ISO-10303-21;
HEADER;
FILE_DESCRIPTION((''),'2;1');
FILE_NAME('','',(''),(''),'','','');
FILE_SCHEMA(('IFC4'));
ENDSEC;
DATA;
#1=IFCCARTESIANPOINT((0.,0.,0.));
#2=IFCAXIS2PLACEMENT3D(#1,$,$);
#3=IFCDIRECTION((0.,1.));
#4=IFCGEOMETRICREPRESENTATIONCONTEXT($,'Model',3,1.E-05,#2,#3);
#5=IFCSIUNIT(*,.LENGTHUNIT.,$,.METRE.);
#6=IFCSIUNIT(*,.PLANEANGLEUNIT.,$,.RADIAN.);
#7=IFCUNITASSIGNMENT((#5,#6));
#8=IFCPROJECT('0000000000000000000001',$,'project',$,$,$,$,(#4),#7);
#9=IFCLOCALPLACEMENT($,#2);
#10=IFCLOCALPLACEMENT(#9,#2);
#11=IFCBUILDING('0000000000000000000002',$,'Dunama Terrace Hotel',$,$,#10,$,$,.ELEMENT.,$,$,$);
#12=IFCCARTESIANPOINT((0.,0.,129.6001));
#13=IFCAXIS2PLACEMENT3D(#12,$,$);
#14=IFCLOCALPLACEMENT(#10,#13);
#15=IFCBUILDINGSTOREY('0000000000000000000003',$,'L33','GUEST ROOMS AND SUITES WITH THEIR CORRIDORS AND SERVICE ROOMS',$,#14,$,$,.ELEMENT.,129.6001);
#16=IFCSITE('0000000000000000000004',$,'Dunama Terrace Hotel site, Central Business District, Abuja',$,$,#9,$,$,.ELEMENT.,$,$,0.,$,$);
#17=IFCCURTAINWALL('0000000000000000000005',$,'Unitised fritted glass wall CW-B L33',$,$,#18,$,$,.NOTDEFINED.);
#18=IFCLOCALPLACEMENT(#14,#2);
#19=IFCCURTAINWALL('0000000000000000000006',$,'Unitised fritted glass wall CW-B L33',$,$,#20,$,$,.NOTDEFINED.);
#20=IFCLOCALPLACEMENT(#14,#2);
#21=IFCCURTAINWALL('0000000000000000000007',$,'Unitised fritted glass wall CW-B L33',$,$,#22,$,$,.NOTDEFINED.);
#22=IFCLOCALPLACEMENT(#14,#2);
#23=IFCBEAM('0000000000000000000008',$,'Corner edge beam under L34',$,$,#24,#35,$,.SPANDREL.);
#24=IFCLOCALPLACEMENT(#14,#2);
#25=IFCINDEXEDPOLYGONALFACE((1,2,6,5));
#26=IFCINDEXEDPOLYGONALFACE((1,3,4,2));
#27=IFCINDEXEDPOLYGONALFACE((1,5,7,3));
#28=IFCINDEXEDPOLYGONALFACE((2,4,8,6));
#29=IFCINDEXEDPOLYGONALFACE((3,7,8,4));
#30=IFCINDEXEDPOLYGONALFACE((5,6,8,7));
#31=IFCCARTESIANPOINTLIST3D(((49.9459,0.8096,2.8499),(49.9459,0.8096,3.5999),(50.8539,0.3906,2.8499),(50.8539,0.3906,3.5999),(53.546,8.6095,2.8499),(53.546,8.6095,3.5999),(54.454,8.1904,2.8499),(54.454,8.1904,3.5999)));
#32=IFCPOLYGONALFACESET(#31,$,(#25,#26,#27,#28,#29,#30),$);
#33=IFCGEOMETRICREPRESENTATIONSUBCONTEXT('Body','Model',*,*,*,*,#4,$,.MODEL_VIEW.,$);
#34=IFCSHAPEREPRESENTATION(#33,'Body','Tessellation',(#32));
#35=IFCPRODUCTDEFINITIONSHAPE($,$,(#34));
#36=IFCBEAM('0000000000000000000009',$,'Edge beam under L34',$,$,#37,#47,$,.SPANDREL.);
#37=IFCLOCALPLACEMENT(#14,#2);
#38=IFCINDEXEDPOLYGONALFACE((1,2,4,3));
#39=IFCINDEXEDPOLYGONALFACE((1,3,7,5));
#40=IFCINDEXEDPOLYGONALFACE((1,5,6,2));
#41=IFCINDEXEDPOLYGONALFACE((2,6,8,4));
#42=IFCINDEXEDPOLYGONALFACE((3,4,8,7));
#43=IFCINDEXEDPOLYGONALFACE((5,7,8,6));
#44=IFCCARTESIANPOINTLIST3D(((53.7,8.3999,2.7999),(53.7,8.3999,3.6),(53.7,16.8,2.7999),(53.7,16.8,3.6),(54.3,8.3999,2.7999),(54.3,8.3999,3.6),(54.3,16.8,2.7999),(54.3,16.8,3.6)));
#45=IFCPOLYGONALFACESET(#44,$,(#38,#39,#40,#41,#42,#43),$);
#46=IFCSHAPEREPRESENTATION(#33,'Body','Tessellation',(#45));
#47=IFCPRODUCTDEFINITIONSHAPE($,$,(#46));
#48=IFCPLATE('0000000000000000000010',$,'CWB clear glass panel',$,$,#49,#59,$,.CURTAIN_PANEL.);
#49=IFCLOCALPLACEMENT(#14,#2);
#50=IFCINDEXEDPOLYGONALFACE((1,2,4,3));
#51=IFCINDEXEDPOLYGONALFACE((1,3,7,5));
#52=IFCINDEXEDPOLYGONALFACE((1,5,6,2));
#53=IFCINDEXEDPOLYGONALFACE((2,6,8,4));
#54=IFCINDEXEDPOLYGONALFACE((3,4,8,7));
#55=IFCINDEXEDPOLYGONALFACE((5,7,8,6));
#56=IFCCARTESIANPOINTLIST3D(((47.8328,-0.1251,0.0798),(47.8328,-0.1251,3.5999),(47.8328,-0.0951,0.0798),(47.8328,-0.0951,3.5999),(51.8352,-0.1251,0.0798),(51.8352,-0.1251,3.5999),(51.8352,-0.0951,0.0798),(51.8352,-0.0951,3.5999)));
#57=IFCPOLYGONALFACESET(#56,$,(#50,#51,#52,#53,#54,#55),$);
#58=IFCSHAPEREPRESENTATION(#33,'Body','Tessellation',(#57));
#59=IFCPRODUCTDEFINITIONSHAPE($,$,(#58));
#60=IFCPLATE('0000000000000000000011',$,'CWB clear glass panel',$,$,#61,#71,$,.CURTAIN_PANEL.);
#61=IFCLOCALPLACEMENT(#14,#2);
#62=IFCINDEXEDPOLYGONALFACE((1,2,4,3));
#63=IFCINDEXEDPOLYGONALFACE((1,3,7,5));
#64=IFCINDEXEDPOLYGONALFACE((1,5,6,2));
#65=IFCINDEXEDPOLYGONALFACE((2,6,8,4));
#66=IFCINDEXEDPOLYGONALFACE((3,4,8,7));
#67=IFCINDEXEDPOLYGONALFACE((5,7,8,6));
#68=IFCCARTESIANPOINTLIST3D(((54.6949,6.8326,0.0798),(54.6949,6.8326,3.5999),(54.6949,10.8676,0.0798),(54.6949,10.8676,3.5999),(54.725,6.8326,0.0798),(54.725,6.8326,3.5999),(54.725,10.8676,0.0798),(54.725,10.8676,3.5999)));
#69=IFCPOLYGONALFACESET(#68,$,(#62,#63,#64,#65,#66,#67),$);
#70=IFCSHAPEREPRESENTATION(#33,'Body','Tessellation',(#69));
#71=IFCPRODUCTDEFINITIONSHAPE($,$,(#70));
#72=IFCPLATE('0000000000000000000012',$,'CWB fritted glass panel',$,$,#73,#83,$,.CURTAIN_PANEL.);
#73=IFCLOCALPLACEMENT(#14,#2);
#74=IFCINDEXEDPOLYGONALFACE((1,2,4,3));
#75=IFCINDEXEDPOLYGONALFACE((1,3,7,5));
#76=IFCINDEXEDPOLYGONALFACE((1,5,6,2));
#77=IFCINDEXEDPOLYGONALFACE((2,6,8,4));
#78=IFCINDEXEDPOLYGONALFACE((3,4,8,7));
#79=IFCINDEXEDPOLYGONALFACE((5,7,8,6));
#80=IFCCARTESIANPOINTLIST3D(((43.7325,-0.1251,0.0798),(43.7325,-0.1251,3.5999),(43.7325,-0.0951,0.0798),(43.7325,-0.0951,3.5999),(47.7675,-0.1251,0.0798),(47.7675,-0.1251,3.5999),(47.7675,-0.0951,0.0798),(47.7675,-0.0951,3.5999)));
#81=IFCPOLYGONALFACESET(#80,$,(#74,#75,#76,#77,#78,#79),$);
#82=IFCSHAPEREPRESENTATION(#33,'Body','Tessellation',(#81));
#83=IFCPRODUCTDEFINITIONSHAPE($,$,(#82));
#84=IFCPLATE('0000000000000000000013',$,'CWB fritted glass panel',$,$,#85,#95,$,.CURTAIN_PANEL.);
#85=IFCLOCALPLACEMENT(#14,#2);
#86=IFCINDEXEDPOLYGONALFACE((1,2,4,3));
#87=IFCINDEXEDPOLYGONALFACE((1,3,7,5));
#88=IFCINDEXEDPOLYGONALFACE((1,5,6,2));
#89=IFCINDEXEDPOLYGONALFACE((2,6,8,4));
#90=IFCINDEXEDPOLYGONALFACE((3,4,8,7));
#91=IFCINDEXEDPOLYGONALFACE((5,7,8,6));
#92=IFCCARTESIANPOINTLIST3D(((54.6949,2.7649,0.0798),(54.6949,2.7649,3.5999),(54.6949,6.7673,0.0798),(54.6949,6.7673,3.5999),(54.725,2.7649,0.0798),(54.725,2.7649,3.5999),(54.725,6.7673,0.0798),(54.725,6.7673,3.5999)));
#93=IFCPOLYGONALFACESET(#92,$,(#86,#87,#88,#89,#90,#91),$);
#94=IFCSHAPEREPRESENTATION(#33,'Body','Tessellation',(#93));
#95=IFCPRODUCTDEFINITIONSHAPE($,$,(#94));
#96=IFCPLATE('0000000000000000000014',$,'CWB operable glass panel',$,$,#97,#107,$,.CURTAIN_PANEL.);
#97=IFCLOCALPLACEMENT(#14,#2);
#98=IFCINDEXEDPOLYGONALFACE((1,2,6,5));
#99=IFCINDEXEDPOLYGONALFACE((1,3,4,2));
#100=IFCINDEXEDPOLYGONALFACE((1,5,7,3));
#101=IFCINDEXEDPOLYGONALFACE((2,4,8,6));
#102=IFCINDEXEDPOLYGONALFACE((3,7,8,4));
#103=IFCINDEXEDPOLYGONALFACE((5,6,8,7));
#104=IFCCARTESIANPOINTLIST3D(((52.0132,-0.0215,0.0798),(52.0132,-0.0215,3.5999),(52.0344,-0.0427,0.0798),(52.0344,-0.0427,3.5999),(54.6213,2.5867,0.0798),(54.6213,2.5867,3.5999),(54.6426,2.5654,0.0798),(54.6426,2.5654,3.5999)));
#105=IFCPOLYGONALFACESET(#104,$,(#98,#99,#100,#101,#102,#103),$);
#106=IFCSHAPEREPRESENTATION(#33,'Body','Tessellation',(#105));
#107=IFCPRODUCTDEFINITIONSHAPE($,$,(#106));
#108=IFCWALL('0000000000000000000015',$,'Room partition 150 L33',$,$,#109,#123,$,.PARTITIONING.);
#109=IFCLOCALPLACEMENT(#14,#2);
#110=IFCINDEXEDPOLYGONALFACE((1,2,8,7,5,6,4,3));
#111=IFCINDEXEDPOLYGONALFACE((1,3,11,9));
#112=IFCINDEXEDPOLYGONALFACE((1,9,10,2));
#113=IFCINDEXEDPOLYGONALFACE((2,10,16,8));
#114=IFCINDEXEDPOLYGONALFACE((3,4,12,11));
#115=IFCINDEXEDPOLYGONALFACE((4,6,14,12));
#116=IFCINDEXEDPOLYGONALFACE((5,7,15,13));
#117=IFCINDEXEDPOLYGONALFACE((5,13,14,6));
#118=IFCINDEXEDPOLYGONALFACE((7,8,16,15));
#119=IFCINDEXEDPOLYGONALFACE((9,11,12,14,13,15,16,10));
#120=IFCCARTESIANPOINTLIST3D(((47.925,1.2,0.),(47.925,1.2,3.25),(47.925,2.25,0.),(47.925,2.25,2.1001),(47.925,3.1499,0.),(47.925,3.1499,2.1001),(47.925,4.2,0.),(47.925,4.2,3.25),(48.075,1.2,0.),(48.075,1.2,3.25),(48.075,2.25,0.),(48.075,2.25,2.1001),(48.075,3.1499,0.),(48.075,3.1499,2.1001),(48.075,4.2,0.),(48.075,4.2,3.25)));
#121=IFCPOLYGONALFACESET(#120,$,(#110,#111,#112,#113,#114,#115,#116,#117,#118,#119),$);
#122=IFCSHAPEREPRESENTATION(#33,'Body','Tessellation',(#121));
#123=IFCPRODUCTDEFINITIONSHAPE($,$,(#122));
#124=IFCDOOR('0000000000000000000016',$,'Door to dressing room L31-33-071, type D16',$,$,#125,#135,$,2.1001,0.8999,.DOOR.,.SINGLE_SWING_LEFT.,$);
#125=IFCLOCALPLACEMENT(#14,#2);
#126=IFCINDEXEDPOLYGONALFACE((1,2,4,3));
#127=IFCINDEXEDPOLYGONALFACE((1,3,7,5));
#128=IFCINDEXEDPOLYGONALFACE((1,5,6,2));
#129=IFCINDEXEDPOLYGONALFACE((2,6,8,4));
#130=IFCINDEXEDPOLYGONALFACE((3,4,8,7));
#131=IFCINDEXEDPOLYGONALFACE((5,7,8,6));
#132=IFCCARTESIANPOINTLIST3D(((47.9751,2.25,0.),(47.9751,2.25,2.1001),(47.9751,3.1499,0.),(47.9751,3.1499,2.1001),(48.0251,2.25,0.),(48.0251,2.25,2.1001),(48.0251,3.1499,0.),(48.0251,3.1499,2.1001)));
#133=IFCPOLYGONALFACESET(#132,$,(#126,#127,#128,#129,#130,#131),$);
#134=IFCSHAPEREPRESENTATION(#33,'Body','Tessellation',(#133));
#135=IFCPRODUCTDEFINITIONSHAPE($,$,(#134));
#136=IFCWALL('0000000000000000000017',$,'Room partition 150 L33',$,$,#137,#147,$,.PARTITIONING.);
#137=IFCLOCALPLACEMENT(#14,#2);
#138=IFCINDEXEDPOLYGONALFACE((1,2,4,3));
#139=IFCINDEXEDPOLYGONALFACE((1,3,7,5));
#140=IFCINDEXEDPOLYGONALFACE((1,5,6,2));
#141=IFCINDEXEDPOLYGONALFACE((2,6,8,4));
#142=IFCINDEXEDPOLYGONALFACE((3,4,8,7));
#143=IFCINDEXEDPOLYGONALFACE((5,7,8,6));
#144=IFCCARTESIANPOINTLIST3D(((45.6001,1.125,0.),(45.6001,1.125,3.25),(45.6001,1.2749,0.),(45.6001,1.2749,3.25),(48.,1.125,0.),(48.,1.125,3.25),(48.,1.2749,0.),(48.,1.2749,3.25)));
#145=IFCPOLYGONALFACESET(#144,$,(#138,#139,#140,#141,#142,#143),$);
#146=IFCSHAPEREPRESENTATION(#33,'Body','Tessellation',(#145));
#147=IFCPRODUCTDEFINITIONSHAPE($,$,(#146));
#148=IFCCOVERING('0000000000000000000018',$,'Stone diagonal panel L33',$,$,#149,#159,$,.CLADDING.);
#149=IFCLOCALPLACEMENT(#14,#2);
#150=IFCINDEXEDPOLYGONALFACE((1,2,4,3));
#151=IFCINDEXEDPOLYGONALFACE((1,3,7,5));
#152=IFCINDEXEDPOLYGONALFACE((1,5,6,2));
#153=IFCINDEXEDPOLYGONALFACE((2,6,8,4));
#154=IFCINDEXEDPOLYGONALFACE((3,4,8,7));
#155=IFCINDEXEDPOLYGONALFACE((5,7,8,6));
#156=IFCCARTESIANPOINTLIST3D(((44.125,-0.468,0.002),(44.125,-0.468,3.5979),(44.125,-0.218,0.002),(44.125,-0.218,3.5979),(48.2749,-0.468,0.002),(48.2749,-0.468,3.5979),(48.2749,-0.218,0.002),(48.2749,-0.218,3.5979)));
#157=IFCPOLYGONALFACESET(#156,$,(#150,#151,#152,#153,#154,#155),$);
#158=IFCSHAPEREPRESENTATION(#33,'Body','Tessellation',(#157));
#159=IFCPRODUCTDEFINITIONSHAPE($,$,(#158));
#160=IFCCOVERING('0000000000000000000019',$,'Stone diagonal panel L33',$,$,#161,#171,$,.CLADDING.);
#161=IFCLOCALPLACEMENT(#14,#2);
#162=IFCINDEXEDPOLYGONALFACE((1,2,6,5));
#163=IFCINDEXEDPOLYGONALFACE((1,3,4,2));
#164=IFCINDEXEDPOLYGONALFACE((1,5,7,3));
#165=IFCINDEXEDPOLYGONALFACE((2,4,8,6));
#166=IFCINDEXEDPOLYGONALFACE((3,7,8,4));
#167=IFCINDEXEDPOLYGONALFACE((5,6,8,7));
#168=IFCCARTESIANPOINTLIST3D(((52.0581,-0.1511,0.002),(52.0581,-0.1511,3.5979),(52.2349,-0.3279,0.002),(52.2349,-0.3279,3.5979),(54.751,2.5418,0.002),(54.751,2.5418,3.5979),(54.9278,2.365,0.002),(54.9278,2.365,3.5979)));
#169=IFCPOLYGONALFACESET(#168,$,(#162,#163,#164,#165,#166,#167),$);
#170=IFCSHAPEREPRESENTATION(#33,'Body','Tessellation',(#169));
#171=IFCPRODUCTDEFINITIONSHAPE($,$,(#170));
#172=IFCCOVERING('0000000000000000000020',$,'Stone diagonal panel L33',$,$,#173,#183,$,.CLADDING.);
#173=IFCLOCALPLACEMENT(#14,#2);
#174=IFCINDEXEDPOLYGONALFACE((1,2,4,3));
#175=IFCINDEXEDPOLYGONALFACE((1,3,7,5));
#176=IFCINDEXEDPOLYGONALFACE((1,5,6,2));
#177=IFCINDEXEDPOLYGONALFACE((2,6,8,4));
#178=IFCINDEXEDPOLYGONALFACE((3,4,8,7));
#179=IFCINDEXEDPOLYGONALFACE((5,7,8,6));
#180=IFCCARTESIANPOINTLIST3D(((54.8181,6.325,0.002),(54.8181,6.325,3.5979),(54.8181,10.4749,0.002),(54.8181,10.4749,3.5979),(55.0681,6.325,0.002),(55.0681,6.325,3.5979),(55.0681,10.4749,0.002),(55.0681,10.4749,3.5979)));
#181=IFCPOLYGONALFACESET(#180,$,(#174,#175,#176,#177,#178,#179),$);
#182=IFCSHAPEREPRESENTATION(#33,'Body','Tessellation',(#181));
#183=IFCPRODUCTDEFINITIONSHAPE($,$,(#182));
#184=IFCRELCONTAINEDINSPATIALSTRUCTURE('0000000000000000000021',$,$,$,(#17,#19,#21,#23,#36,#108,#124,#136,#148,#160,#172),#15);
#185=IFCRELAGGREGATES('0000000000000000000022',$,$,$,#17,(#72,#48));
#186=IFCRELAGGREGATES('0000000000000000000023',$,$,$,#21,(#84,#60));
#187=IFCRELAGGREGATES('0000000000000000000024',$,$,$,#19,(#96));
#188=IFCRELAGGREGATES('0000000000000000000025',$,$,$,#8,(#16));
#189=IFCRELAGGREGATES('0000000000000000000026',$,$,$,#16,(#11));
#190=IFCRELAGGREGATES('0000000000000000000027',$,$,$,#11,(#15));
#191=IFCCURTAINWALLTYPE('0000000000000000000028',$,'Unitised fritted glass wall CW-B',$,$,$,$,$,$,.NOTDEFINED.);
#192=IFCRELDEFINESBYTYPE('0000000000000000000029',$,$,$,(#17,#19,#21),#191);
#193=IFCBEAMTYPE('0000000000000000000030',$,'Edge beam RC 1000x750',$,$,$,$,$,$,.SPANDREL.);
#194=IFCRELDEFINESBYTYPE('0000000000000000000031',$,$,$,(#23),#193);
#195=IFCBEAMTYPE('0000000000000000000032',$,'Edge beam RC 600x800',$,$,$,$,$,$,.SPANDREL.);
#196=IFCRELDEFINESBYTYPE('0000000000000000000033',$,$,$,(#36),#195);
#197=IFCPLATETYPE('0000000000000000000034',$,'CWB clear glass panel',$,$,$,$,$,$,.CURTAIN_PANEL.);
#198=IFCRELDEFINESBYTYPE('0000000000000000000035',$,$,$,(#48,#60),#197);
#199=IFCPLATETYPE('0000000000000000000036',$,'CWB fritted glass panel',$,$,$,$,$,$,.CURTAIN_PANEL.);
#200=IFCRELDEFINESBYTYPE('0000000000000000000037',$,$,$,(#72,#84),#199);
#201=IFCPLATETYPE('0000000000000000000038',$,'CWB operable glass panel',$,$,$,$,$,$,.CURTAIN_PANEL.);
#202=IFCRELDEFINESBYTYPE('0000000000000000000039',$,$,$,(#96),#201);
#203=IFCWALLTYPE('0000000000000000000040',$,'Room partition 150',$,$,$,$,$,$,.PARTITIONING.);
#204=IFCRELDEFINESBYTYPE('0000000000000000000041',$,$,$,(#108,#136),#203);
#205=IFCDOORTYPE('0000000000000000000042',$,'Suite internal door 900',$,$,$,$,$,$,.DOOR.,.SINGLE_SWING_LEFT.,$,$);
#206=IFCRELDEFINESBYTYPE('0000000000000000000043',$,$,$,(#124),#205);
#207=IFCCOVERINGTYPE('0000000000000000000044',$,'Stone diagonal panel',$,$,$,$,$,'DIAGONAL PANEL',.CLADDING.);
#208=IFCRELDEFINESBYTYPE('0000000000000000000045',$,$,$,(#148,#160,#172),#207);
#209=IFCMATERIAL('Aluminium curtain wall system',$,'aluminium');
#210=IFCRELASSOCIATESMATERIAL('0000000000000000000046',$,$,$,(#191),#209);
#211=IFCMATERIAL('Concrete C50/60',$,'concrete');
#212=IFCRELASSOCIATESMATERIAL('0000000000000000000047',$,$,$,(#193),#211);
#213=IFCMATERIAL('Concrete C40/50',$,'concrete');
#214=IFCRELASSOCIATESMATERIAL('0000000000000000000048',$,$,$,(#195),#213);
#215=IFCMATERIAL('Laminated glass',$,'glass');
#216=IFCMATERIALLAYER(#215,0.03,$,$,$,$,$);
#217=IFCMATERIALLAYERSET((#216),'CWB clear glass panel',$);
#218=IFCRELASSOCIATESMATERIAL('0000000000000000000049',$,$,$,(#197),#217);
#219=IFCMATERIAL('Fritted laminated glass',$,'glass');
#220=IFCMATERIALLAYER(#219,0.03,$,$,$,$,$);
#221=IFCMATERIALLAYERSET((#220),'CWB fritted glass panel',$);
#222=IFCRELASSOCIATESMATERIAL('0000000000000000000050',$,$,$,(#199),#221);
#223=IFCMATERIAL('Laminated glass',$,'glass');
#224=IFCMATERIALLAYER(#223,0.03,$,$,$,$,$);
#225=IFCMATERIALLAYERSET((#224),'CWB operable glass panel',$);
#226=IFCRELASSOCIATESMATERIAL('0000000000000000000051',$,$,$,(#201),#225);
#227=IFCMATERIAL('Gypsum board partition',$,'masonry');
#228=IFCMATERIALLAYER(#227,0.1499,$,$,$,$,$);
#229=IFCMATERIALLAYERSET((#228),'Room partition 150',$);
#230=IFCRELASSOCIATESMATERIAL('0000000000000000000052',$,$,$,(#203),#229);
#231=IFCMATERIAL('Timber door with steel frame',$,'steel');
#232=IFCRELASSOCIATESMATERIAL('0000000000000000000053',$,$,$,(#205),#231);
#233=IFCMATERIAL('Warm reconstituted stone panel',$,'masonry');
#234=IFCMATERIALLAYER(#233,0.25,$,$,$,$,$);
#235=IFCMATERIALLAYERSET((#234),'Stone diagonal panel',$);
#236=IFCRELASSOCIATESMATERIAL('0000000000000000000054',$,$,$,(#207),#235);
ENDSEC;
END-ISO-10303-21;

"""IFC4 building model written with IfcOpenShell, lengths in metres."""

from ifc_helpers import new_model, si_unit, direction, frame, frame_2d, origin, origin_2d, place, context, subcontext, project, spatial, rectangle, extrude, material, layer, layer_set, material_profile, profile_set, type_object, element, fill, aggregate, save


model = new_model("IFC4")

# Units and contexts
model_context = context("Model", 3, precision=1e-05, world=origin(), true_north=direction((0.0, 1.0)))
body_context = subcontext(model_context, "Body", "Model", "MODEL_VIEW")
ifc_project = project(units=[si_unit("LENGTHUNIT", "METRE"), si_unit("PLANEANGLEUNIT", "RADIAN")], contexts=[model_context])

# Site, building, storey
site_placement = place(None, origin())
site = spatial("IfcSite", under=ifc_project, at=site_placement, Name="Dunama Terrace Hotel site, Central Business District, Abuja", CompositionType="ELEMENT", RefElevation=0.0)
building_placement = place(site_placement, origin())
building = spatial("IfcBuilding", under=site, at=building_placement, Name="Dunama Terrace Hotel", CompositionType="ELEMENT")
storey_placement = place(building_placement, frame((0.0, 0.0, 129.6001)))
storey = spatial("IfcBuildingStorey", under=building, at=storey_placement, Name="L33", Description="GUEST ROOMS AND SUITES WITH THEIR CORRIDORS AND SERVICE ROOMS", CompositionType="ELEMENT", Elevation=129.6001)

# Curtain walls
ifc_material_1 = material(Name="Aluminium curtain wall system", Category="aluminium")
curtain_wall_type = type_object("IfcCurtainWallType", Name="Unitised fritted glass wall CW-B", PredefinedType="NOTDEFINED", material=ifc_material_1)
curtain_wall_1_placement = place(storey_placement, origin())
curtain_wall_1 = element("IfcCurtainWall", 1, at=curtain_wall_1_placement, inside=storey, type_object=curtain_wall_type, Name="Unitised fritted glass wall CW-B L33", PredefinedType="NOTDEFINED")
curtain_wall_2_placement = place(storey_placement, origin())
curtain_wall_2 = element("IfcCurtainWall", 2, at=curtain_wall_2_placement, inside=storey, type_object=curtain_wall_type, Name="Unitised fritted glass wall CW-B L33", PredefinedType="NOTDEFINED")
curtain_wall_3_placement = place(storey_placement, origin())
curtain_wall_3 = element("IfcCurtainWall", 3, at=curtain_wall_3_placement, inside=storey, type_object=curtain_wall_type, Name="Unitised fritted glass wall CW-B L33", PredefinedType="NOTDEFINED")

# Beams
ifc_material_2 = material(Name="Concrete C50/60", Category="concrete")
ifc_material_profile_1 = material_profile(ifc_material_2, rectangle(XDim=1.0, YDim=0.75, at=origin_2d()), Name="RC 1000x750")
ifc_profile_set_1 = profile_set([ifc_material_profile_1], Name="Concrete C50/60")
beam_type_1 = type_object("IfcBeamType", Name="Edge beam RC 1000x750", PredefinedType="SPANDREL", material=ifc_profile_set_1)
beam_1_placement = place(storey_placement, frame((50.3999, 0.6001, 3.2249), z_axis=(0.419076, 0.907951, 0.0), x_axis=(-0.907951, 0.419076, 0.0)))
element("IfcBeam", 4, at=beam_1_placement, inside=storey, type_object=beam_type_1, Name="Corner edge beam under L34", PredefinedType="SPANDREL", context=body_context, shape_type="SweptSolid", body=[
    extrude(rectangle(XDim=1.0, YDim=0.75, at=origin_2d()), origin(), (0.0, 0.0, 1.0), 8.5906),
])
ifc_material_3 = material(Name="Concrete C40/50", Category="concrete")
ifc_material_profile_2 = material_profile(ifc_material_3, rectangle(XDim=0.6001, YDim=0.8, at=origin_2d()), Name="RC 600x800")
ifc_profile_set_2 = profile_set([ifc_material_profile_2], Name="Concrete C40/50")
beam_type_2 = type_object("IfcBeamType", Name="Edge beam RC 600x800", PredefinedType="SPANDREL", material=ifc_profile_set_2)
beam_2_placement = place(storey_placement, frame((54.0, 8.3999, 3.2), z_axis=(0.0, 1.0, 0.0), x_axis=(-1.0, 0.0, 0.0)))
element("IfcBeam", 5, at=beam_2_placement, inside=storey, type_object=beam_type_2, Name="Edge beam under L34", PredefinedType="SPANDREL", context=body_context, shape_type="SweptSolid", body=[
    extrude(rectangle(XDim=0.6001, YDim=0.8, at=origin_2d()), origin(), (0.0, 0.0, 1.0), 8.4001),
])

# Plates
ifc_material_4 = material(Name="Laminated glass", Category="glass")
ifc_layer_1 = layer(ifc_material_4, 0.03)
ifc_layer_set_1 = layer_set([ifc_layer_1], Name="CWB clear glass panel")
plate_type_1 = type_object("IfcPlateType", Name="CWB clear glass panel", PredefinedType="CURTAIN_PANEL", material=ifc_layer_set_1)
plate_1_placement = place(storey_placement, frame((49.834, -0.1101, 0.0798), z_axis=(0.0, 0.0, 1.0), x_axis=(1.0, 0.0, 0.0)))
plate_1 = element("IfcPlate", 6, at=plate_1_placement, type_object=plate_type_1, Name="CWB clear glass panel", PredefinedType="CURTAIN_PANEL", context=body_context, shape_type="SweptSolid", body=[
    extrude(rectangle(XDim=4.0024, YDim=0.03, at=origin_2d()), origin(), (0.0, 0.0, 1.0), 3.52),
])
plate_2_placement = place(storey_placement, frame((54.71, 8.8501, 0.0798), z_axis=(0.0, 0.0, 1.0), x_axis=(0.0, 1.0, 0.0)))
plate_2 = element("IfcPlate", 7, at=plate_2_placement, type_object=plate_type_1, Name="CWB clear glass panel", PredefinedType="CURTAIN_PANEL", context=body_context, shape_type="SweptSolid", body=[
    extrude(rectangle(XDim=4.0349, YDim=0.03, at=origin_2d()), origin(), (0.0, 0.0, 1.0), 3.52),
])
ifc_material_5 = material(Name="Fritted laminated glass", Category="glass")
ifc_layer_2 = layer(ifc_material_5, 0.03)
ifc_layer_set_2 = layer_set([ifc_layer_2], Name="CWB fritted glass panel")
plate_type_2 = type_object("IfcPlateType", Name="CWB fritted glass panel", PredefinedType="CURTAIN_PANEL", material=ifc_layer_set_2)
plate_3_placement = place(storey_placement, frame((45.75, -0.1101, 0.0798), z_axis=(0.0, 0.0, 1.0), x_axis=(1.0, 0.0, 0.0)))
plate_3 = element("IfcPlate", 8, at=plate_3_placement, type_object=plate_type_2, Name="CWB fritted glass panel", PredefinedType="CURTAIN_PANEL", context=body_context, shape_type="SweptSolid", body=[
    extrude(rectangle(XDim=4.0349, YDim=0.03, at=origin_2d()), origin(), (0.0, 0.0, 1.0), 3.52),
])
aggregate(curtain_wall_1, [plate_3, plate_1])
plate_4_placement = place(storey_placement, frame((54.71, 4.7661, 0.0798), z_axis=(0.0, 0.0, 1.0), x_axis=(0.0, 1.0, 0.0)))
plate_4 = element("IfcPlate", 9, at=plate_4_placement, type_object=plate_type_2, Name="CWB fritted glass panel", PredefinedType="CURTAIN_PANEL", context=body_context, shape_type="SweptSolid", body=[
    extrude(rectangle(XDim=4.0024, YDim=0.03, at=origin_2d()), origin(), (0.0, 0.0, 1.0), 3.52),
])
aggregate(curtain_wall_3, [plate_4, plate_2])
ifc_material_6 = material(Name="Laminated glass", Category="glass")
ifc_layer_3 = layer(ifc_material_6, 0.03)
ifc_layer_set_3 = layer_set([ifc_layer_3], Name="CWB operable glass panel")
plate_type_3 = type_object("IfcPlateType", Name="CWB operable glass panel", PredefinedType="CURTAIN_PANEL", material=ifc_layer_set_3)
plate_5_placement = place(storey_placement, frame((53.3279, 1.272, 0.0798), z_axis=(0.0, 0.0, 1.0), x_axis=(0.707107, 0.707107, 0.0)))
plate_5 = element("IfcPlate", 10, at=plate_5_placement, type_object=plate_type_3, Name="CWB operable glass panel", PredefinedType="CURTAIN_PANEL", context=body_context, shape_type="SweptSolid", body=[
    extrude(rectangle(XDim=3.6885, YDim=0.03, at=origin_2d()), origin(), (0.0, 0.0, 1.0), 3.52),
])
aggregate(curtain_wall_2, [plate_5])

# Wall, opening, door
ifc_material_7 = material(Name="Gypsum board partition", Category="masonry")
ifc_layer_4 = layer(ifc_material_7, 0.1499)
ifc_layer_set_4 = layer_set([ifc_layer_4], Name="Room partition 150")
wall_type = type_object("IfcWallType", Name="Room partition 150", PredefinedType="PARTITIONING", material=ifc_layer_set_4)
wall_1_placement = place(storey_placement, frame((48.0, 1.2, 0.0), z_axis=(0.0, 0.0, 1.0), x_axis=(0.0, 1.0, 0.0)))
wall_1 = element("IfcWall", 11, at=wall_1_placement, inside=storey, type_object=wall_type, Name="Room partition 150 L33", PredefinedType="PARTITIONING", context=body_context, shape_type="SweptSolid", body=[
    extrude(rectangle(XDim=3.0, YDim=0.1499, at=frame_2d((1.5, 0.0))), origin(), (0.0, 0.0, 1.0), 3.25),
])
opening_placement = place(wall_1_placement, frame((1.05, 0.0, 0.0)))
opening = element("IfcOpeningElement", 12, at=opening_placement, cuts=wall_1, PredefinedType="OPENING", context=body_context, shape_type="SweptSolid", body=[
    extrude(rectangle(XDim=0.8999, YDim=2.1001, at=frame_2d((0.45, 1.05))), frame((0.0, 0.085, 0.0), z_axis=(0.0, -1.0, 0.0), x_axis=(1.0, 0.0, 0.0)), (0.0, 0.0, 1.0), 0.1699),
])
ifc_material_8 = material(Name="Timber door with steel frame", Category="steel")
door_type = type_object("IfcDoorType", Name="Suite internal door 900", OperationType="SINGLE_SWING_LEFT", PredefinedType="DOOR", material=ifc_material_8)
door_placement = place(opening_placement, origin())
door = element("IfcDoor", 13, at=door_placement, inside=storey, type_object=door_type, Name="Door to dressing room L31-33-071, type D16", OperationType="SINGLE_SWING_LEFT", OverallHeight=2.1001, OverallWidth=0.8999, PredefinedType="DOOR", context=body_context, shape_type="SweptSolid", body=[
    extrude(rectangle(XDim=0.8999, YDim=2.1001, at=frame_2d((0.45, 1.05))), frame((0.0, 0.0249, 0.0), z_axis=(0.0, -1.0, 0.0), x_axis=(1.0, 0.0, 0.0)), (0.0, 0.0, 1.0), 0.05),
])
fill(opening, door)

# Wall
wall_2_placement = place(storey_placement, frame((45.6001, 1.2, 0.0), z_axis=(0.0, 0.0, 1.0), x_axis=(1.0, 0.0, 0.0)))
element("IfcWall", 14, at=wall_2_placement, inside=storey, type_object=wall_type, Name="Room partition 150 L33", PredefinedType="PARTITIONING", context=body_context, shape_type="SweptSolid", body=[
    extrude(rectangle(XDim=2.3999, YDim=0.1499, at=frame_2d((1.2, 0.0))), origin(), (0.0, 0.0, 1.0), 3.25),
])

# Coverings
ifc_material_9 = material(Name="Warm reconstituted stone panel", Category="masonry")
ifc_layer_5 = layer(ifc_material_9, 0.25)
ifc_layer_set_5 = layer_set([ifc_layer_5], Name="Stone diagonal panel")
covering_type = type_object("IfcCoveringType", Name="Stone diagonal panel", ElementType="DIAGONAL PANEL", PredefinedType="CLADDING", material=ifc_layer_set_5)
covering_1_placement = place(storey_placement, frame((46.2, -0.343, 0.002), z_axis=(0.0, 0.0, 1.0), x_axis=(1.0, 0.0, 0.0)))
element("IfcCovering", 15, at=covering_1_placement, inside=storey, type_object=covering_type, Name="Stone diagonal panel L33", PredefinedType="CLADDING", context=body_context, shape_type="SweptSolid", body=[
    extrude(rectangle(XDim=4.1499, YDim=0.25, at=origin_2d()), origin(), (0.0, 0.0, 1.0), 3.5959),
])
covering_2_placement = place(storey_placement, frame((53.4929, 1.1069, 0.002), z_axis=(0.0, 0.0, 1.0), x_axis=(0.707107, 0.707107, 0.0)))
element("IfcCovering", 16, at=covering_2_placement, inside=storey, type_object=covering_type, Name="Stone diagonal panel L33", PredefinedType="CLADDING", context=body_context, shape_type="SweptSolid", body=[
    extrude(rectangle(XDim=3.8083, YDim=0.25, at=origin_2d()), origin(), (0.0, 0.0, 1.0), 3.5959),
])
covering_3_placement = place(storey_placement, frame((54.9431, 8.3999, 0.002), z_axis=(0.0, 0.0, 1.0), x_axis=(0.0, 1.0, 0.0)))
element("IfcCovering", 17, at=covering_3_placement, inside=storey, type_object=covering_type, Name="Stone diagonal panel L33", PredefinedType="CLADDING", context=body_context, shape_type="SweptSolid", body=[
    extrude(rectangle(XDim=4.1499, YDim=0.25, at=origin_2d()), origin(), (0.0, 0.0, 1.0), 3.5959),
])

save(model, "model.ifc")
